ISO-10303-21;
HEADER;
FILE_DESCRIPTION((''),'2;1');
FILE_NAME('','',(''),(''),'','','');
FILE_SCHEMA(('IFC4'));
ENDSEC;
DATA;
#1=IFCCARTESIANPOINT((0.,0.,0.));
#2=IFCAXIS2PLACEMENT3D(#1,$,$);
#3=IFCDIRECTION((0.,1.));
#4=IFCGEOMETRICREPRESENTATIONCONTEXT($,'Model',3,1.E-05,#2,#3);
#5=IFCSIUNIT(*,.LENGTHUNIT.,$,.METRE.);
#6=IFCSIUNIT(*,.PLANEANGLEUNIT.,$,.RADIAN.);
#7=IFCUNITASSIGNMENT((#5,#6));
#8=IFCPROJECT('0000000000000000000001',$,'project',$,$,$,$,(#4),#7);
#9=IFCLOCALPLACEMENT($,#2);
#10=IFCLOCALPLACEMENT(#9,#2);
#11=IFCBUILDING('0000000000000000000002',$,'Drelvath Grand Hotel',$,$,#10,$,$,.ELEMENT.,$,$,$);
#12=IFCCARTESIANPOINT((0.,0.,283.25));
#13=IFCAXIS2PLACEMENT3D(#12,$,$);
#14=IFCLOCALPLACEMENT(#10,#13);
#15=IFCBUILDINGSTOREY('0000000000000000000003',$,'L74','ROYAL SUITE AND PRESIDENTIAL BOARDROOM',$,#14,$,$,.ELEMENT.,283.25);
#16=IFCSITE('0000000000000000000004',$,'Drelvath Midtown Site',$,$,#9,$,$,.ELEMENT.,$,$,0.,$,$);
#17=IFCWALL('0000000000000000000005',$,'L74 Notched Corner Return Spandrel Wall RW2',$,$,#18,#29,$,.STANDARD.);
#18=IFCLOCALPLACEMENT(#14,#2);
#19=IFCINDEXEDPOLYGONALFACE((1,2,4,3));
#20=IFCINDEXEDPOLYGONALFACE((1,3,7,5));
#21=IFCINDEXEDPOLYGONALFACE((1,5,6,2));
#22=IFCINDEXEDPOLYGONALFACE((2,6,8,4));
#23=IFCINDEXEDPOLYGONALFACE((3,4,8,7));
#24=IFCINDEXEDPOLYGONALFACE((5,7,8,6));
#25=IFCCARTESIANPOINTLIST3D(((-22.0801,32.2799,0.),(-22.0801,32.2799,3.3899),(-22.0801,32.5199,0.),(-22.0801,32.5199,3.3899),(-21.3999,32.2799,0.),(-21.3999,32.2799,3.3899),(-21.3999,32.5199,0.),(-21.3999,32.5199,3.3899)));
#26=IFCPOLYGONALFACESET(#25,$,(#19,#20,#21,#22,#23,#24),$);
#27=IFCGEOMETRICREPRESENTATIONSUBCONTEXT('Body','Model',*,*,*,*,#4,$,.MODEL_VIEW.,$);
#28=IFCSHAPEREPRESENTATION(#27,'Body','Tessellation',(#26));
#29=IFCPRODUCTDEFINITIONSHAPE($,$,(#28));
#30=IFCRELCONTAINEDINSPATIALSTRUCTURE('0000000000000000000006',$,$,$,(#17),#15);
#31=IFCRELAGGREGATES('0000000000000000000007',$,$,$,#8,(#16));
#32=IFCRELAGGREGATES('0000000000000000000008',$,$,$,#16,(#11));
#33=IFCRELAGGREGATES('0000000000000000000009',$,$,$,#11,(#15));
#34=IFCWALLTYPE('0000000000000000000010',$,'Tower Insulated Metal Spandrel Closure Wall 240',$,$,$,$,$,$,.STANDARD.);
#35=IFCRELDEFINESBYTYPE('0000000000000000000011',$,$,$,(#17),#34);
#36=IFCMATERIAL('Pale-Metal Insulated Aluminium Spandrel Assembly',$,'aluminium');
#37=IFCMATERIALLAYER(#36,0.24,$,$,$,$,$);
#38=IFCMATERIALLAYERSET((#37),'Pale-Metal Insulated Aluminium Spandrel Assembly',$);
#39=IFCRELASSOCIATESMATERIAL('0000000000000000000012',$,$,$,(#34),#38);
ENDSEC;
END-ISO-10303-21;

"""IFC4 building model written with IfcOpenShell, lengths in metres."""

from ifc_helpers import new_model, si_unit, direction, frame, frame_2d, origin, place, context, subcontext, project, spatial, rectangle, extrude, material, layer, layer_set, type_object, element, save


model = new_model("IFC4")

# Units and contexts
model_context = context("Model", 3, precision=1e-05, world=origin(), true_north=direction((0.0, 1.0)))
body_context = subcontext(model_context, "Body", "Model", "MODEL_VIEW")
ifc_project = project(units=[si_unit("LENGTHUNIT", "METRE"), si_unit("PLANEANGLEUNIT", "RADIAN")], contexts=[model_context])

# Site, building, storey
site_placement = place(None, origin())
site = spatial("IfcSite", under=ifc_project, at=site_placement, Name="Drelvath Midtown Site", CompositionType="ELEMENT", RefElevation=0.0)
building_placement = place(site_placement, origin())
building = spatial("IfcBuilding", under=site, at=building_placement, Name="Drelvath Grand Hotel", CompositionType="ELEMENT")
storey_placement = place(building_placement, frame((0.0, 0.0, 283.25)))
storey = spatial("IfcBuildingStorey", under=building, at=storey_placement, Name="L74", Description="ROYAL SUITE AND PRESIDENTIAL BOARDROOM", CompositionType="ELEMENT", Elevation=283.25)

# Wall
ifc_material_1 = material(Name="Pale-Metal Insulated Aluminium Spandrel Assembly", Category="aluminium")
ifc_layer_1 = layer(ifc_material_1, 0.24)
ifc_layer_set_1 = layer_set([ifc_layer_1], Name="Pale-Metal Insulated Aluminium Spandrel Assembly")
wall_type_1 = type_object("IfcWallType", Name="Tower Insulated Metal Spandrel Closure Wall 240", PredefinedType="STANDARD", material=ifc_layer_set_1)
wall_1_placement = place(storey_placement, frame((-21.3999, 32.3999, 0.0), z_axis=(0.0, 0.0, 1.0), x_axis=(-1.0, 0.0, 0.0)))
element("IfcWall", 1, at=wall_1_placement, inside=storey, type_object=wall_type_1, Name="L74 Notched Corner Return Spandrel Wall RW2", PredefinedType="STANDARD", context=body_context, shape_type="SweptSolid", body=[
    extrude(rectangle(XDim=0.6802, YDim=0.24, at=frame_2d((0.3401, 0.0))), origin(), (0.0, 0.0, 1.0), 3.3899),
])

save(model, "model.ifc")
